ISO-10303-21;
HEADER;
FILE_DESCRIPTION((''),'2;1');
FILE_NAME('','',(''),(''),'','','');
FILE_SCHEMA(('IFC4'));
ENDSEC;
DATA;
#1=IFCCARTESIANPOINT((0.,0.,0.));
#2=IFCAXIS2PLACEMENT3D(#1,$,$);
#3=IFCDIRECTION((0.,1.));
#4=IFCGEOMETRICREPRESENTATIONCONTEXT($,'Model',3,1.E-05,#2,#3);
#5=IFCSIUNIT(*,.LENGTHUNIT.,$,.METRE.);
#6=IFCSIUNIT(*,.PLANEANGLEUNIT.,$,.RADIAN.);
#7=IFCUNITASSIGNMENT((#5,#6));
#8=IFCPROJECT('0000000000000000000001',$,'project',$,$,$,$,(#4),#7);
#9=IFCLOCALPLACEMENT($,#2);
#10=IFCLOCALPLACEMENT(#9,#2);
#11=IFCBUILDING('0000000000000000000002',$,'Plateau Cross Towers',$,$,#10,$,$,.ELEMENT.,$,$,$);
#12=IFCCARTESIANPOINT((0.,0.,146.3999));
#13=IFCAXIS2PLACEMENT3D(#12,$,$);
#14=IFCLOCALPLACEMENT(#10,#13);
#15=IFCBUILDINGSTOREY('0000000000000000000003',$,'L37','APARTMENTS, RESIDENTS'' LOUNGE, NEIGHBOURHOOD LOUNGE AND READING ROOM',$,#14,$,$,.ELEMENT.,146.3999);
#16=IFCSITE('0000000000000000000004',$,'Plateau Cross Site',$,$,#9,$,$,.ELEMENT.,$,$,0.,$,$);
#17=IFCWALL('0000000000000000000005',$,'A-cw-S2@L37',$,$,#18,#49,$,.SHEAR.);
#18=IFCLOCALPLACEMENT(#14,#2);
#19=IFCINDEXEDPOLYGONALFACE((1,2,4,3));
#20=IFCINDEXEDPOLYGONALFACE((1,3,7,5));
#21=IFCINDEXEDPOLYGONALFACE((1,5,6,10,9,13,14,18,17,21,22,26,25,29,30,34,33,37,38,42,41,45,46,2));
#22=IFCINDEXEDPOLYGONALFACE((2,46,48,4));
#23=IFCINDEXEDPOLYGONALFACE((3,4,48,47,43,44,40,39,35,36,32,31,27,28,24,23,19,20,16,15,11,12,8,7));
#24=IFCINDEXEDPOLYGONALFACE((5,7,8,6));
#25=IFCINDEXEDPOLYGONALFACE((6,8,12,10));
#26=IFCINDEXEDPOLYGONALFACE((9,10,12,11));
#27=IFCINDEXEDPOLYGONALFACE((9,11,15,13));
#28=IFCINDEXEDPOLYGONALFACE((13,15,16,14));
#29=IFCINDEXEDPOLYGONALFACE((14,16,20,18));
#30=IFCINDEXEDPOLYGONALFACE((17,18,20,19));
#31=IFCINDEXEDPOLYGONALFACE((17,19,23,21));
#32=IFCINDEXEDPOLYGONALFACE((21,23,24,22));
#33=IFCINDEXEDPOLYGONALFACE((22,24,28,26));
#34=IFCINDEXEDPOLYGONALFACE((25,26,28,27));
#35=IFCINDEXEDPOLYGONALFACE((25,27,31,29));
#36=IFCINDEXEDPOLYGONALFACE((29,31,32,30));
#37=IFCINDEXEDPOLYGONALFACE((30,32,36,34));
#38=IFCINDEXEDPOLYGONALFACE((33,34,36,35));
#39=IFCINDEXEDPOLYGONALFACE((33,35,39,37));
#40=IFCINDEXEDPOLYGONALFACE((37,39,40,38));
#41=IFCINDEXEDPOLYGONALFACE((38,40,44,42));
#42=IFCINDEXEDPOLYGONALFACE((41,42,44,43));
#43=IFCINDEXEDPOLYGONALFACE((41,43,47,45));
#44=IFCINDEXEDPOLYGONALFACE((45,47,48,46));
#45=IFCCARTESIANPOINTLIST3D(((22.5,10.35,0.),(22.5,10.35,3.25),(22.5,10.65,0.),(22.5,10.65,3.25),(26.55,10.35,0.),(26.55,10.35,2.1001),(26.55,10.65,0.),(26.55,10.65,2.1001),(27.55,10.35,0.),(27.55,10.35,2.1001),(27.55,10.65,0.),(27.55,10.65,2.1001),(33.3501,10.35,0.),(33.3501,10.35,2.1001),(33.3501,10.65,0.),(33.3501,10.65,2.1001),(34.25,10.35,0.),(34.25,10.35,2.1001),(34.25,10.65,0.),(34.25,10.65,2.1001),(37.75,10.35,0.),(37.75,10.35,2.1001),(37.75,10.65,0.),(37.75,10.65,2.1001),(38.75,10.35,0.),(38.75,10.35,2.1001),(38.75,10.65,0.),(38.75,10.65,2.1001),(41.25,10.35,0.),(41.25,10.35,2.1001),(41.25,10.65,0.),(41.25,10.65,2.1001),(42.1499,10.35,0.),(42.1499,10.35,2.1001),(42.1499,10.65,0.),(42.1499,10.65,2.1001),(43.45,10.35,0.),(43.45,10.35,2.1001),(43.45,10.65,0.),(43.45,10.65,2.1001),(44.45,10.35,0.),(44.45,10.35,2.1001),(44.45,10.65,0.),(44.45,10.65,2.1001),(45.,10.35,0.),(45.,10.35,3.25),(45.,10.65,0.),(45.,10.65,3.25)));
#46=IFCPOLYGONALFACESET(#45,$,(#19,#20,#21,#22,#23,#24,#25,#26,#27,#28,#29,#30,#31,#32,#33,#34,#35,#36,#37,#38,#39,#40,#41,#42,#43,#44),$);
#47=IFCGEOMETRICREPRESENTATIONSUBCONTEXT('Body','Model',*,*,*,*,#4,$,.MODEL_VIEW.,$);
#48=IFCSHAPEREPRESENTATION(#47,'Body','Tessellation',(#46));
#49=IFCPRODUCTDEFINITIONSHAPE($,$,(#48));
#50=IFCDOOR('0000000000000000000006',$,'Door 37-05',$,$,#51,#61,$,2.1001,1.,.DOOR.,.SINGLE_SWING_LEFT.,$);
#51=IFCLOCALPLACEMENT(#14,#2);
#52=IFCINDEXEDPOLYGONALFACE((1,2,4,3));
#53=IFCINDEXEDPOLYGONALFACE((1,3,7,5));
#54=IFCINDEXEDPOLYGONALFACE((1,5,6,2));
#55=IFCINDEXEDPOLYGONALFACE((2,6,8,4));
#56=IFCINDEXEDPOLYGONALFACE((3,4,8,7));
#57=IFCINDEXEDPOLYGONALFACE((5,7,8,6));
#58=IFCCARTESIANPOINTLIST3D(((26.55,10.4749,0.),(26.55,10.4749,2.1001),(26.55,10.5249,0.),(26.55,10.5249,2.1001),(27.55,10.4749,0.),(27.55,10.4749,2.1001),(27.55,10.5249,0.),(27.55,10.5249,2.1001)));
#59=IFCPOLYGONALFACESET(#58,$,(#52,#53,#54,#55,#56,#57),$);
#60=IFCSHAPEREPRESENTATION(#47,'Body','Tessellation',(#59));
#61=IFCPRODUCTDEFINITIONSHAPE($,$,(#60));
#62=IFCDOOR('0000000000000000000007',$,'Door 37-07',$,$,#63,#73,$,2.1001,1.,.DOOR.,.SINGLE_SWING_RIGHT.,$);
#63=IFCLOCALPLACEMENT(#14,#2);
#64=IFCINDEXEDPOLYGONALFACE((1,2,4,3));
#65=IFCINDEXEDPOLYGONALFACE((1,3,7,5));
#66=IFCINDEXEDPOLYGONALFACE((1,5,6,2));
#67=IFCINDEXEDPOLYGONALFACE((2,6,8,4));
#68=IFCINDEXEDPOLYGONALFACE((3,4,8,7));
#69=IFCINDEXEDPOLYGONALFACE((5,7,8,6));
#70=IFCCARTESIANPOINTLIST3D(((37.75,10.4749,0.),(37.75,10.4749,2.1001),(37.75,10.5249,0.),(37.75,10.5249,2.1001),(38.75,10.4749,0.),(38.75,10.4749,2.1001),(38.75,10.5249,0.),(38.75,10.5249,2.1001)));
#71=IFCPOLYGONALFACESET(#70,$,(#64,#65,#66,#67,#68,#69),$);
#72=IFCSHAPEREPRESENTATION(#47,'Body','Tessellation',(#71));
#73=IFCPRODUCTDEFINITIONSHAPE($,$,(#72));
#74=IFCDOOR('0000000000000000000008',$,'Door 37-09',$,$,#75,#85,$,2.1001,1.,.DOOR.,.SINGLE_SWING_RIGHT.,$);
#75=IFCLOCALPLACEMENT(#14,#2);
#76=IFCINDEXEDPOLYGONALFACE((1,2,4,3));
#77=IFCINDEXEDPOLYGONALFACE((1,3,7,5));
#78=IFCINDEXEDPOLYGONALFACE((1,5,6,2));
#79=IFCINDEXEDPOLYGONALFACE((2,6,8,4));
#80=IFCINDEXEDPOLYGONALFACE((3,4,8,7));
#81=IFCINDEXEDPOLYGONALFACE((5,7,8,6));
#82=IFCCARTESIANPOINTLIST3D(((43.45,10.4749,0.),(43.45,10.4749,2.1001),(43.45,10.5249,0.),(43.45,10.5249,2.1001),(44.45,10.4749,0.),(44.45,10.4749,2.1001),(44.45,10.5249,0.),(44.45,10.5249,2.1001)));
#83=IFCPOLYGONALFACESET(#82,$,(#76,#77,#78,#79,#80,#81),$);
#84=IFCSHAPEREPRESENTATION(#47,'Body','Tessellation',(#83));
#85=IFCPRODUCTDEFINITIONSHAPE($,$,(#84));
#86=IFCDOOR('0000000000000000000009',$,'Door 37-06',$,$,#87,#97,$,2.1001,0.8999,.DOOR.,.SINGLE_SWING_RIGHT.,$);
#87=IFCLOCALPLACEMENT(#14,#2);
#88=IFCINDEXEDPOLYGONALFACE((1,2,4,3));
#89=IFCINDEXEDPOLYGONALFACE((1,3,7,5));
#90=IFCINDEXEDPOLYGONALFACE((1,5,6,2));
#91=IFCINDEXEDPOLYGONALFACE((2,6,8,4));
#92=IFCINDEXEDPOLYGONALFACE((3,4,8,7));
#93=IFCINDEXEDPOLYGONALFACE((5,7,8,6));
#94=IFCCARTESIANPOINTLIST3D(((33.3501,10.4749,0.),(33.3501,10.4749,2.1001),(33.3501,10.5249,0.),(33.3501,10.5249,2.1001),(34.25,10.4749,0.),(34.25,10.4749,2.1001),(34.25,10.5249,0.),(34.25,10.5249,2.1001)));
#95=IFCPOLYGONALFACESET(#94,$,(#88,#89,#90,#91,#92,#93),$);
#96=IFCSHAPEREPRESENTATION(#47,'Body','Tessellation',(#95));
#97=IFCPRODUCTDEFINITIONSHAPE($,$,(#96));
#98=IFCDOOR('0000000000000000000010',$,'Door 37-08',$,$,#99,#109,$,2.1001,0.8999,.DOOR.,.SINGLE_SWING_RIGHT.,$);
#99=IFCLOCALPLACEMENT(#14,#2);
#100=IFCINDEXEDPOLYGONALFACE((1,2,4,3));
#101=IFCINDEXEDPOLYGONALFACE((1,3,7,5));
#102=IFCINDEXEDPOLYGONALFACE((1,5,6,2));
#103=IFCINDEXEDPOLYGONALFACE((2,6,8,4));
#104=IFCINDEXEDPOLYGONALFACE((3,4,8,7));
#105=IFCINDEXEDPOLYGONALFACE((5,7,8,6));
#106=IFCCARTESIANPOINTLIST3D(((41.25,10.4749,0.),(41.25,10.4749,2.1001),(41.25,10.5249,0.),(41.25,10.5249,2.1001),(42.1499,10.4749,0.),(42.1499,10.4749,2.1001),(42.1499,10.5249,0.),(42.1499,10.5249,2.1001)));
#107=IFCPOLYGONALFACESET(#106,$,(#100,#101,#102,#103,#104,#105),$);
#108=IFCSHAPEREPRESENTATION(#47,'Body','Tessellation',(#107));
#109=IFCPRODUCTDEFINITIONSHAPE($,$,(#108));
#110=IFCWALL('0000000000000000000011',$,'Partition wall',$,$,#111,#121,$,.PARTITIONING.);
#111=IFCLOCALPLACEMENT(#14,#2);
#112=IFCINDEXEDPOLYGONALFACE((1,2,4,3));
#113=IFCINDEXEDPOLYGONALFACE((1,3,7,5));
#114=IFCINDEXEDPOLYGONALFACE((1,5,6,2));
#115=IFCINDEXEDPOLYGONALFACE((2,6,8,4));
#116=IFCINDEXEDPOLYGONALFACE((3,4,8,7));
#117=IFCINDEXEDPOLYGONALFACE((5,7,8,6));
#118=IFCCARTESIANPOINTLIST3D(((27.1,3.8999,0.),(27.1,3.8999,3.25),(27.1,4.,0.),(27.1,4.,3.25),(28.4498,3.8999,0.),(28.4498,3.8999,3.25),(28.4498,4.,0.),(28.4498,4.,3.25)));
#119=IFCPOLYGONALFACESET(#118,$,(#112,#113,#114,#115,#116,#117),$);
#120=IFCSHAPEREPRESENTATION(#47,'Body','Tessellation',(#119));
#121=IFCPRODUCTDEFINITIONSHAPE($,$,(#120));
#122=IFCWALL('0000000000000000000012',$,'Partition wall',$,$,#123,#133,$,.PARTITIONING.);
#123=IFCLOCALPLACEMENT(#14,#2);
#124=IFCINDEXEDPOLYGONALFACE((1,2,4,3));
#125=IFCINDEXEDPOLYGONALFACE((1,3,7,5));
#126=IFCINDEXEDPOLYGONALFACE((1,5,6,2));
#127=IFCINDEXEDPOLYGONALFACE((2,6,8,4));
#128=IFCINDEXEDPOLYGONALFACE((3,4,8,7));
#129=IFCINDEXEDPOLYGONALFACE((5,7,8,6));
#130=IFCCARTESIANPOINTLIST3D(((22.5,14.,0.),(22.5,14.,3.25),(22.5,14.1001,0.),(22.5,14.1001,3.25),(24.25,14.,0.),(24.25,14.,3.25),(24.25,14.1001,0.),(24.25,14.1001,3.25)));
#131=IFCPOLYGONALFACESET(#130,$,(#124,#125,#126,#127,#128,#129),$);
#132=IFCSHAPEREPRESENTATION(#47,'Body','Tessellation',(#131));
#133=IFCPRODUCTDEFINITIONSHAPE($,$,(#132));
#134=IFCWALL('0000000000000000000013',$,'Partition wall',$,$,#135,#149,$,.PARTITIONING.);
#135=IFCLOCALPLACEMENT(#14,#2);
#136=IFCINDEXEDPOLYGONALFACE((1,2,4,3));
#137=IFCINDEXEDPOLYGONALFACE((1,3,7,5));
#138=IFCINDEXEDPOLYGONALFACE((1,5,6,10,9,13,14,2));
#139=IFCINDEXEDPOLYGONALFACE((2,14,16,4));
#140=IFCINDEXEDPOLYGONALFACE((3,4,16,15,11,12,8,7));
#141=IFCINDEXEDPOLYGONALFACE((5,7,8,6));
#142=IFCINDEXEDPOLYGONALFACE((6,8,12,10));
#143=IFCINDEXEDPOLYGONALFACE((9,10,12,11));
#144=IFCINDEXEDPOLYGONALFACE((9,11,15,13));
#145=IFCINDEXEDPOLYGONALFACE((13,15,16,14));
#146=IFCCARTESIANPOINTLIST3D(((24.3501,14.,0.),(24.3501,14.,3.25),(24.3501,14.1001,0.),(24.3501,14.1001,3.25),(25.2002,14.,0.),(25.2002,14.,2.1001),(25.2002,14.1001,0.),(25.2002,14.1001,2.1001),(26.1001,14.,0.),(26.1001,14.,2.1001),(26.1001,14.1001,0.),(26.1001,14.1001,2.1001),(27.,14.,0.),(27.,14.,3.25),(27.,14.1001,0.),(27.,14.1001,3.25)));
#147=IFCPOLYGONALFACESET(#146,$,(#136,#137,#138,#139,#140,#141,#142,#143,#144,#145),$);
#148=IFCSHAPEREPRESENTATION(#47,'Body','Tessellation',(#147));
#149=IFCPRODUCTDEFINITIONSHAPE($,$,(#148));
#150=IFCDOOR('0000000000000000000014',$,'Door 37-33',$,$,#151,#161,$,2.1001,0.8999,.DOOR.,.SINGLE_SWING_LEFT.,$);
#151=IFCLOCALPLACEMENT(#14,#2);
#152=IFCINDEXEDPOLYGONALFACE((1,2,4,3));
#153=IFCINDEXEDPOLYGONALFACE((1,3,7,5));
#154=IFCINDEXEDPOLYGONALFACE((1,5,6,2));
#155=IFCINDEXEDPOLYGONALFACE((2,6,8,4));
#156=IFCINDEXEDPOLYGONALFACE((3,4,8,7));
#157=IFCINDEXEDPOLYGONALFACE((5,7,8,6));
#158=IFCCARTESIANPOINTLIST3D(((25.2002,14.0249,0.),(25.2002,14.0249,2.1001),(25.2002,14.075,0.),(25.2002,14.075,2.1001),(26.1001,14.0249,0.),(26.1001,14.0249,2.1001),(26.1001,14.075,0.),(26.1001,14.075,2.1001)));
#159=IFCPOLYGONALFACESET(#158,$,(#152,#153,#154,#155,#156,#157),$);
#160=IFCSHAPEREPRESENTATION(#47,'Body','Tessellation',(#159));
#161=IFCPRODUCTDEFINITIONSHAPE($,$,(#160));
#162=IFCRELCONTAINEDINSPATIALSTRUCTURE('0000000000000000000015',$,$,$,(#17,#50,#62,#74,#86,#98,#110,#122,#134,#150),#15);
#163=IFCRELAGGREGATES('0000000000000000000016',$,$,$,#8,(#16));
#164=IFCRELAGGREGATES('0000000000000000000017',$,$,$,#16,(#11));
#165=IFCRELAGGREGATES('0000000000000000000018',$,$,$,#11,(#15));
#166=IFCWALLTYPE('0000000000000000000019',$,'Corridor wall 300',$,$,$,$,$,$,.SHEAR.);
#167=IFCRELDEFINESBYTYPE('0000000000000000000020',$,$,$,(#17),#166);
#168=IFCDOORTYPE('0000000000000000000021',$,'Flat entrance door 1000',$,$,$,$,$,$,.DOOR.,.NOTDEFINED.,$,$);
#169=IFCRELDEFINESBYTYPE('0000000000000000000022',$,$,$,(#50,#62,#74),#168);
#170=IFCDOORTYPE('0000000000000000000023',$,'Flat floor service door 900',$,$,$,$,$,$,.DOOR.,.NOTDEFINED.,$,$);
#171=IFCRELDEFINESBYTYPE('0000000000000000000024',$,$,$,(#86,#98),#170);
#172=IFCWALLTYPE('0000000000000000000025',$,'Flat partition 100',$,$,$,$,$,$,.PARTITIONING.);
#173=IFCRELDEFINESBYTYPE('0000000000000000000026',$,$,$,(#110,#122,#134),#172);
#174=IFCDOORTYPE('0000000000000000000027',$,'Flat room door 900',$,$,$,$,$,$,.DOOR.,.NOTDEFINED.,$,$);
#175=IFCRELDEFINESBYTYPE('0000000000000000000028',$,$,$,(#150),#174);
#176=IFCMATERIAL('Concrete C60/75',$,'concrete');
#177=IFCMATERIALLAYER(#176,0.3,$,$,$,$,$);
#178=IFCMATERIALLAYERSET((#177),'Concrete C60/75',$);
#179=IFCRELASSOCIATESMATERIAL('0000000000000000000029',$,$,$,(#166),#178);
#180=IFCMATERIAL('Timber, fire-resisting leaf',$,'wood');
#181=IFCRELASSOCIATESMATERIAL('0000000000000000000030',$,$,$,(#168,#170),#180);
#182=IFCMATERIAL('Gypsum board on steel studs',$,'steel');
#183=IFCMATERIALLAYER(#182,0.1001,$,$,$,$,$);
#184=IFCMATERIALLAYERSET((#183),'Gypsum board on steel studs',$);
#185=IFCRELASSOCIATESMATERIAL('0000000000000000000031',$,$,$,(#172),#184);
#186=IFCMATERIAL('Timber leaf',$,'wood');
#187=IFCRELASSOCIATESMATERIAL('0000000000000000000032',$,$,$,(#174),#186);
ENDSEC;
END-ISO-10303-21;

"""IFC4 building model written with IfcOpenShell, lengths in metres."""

from ifc_helpers import new_model, si_unit, direction, frame, frame_2d, origin, place, context, subcontext, project, spatial, rectangle, extrude, material, layer, layer_set, type_object, element, fill, save


model = new_model("IFC4")

# Units and contexts
model_context = context("Model", 3, precision=1e-05, world=origin(), true_north=direction((0.0, 1.0)))
body_context = subcontext(model_context, "Body", "Model", "MODEL_VIEW")
ifc_project = project(units=[si_unit("LENGTHUNIT", "METRE"), si_unit("PLANEANGLEUNIT", "RADIAN")], contexts=[model_context])

# Site, building, storey
site_placement = place(None, origin())
site = spatial("IfcSite", under=ifc_project, at=site_placement, Name="Plateau Cross Site", CompositionType="ELEMENT", RefElevation=0.0)
building_placement = place(site_placement, origin())
building = spatial("IfcBuilding", under=site, at=building_placement, Name="Plateau Cross Towers", CompositionType="ELEMENT")
storey_placement = place(building_placement, frame((0.0, 0.0, 146.3999)))
storey = spatial("IfcBuildingStorey", under=building, at=storey_placement, Name="L37", Description="APARTMENTS, RESIDENTS' LOUNGE, NEIGHBOURHOOD LOUNGE AND READING ROOM", CompositionType="ELEMENT", Elevation=146.3999)

# Shared definitions
ifc_material_1 = material(Name="Concrete C60/75", Category="concrete")

# Wall, openings, doors
ifc_layer_1 = layer(ifc_material_1, 0.3)
ifc_layer_set_1 = layer_set([ifc_layer_1], Name="Concrete C60/75")
wall_type_1 = type_object("IfcWallType", Name="Corridor wall 300", PredefinedType="SHEAR", material=ifc_layer_set_1)
ifc_material_2 = material(Name="Timber, fire-resisting leaf", Category="wood")
door_type_1 = type_object("IfcDoorType", Name="Flat entrance door 1000", OperationType="NOTDEFINED", PredefinedType="DOOR", material=ifc_material_2)
wall_1_placement = place(storey_placement, frame((22.5, 10.5, 0.0), z_axis=(0.0, 0.0, 1.0), x_axis=(1.0, 0.0, 0.0)))
wall_1 = element("IfcWall", 1, at=wall_1_placement, inside=storey, type_object=wall_type_1, Name="A-cw-S2@L37", PredefinedType="SHEAR", context=body_context, shape_type="SweptSolid", body=[
    extrude(rectangle(XDim=22.5, YDim=0.3, at=frame_2d((11.25, 0.0))), origin(), (0.0, 0.0, 1.0), 3.25),
])
opening_1_placement = place(wall_1_placement, frame((4.05, 0.0, 0.0)))
opening_1 = element("IfcOpeningElement", 2, at=opening_1_placement, cuts=wall_1, PredefinedType="OPENING", context=body_context, shape_type="SweptSolid", body=[
    extrude(rectangle(XDim=1.0, YDim=2.1001, at=frame_2d((0.5, 1.05))), frame((0.0, 0.1599, 0.0), z_axis=(0.0, -1.0, 0.0), x_axis=(1.0, 0.0, 0.0)), (0.0, 0.0, 1.0), 0.3201),
])
opening_2_placement = place(wall_1_placement, frame((10.8501, 0.0, 0.0)))
opening_2 = element("IfcOpeningElement", 3, at=opening_2_placement, cuts=wall_1, PredefinedType="OPENING", context=body_context, shape_type="SweptSolid", body=[
    extrude(rectangle(XDim=0.8999, YDim=2.1001, at=frame_2d((0.45, 1.05))), frame((0.0, 0.1599, 0.0), z_axis=(0.0, -1.0, 0.0), x_axis=(1.0, 0.0, 0.0)), (0.0, 0.0, 1.0), 0.3201),
])
opening_3_placement = place(wall_1_placement, frame((15.25, 0.0, 0.0)))
opening_3 = element("IfcOpeningElement", 4, at=opening_3_placement, cuts=wall_1, PredefinedType="OPENING", context=body_context, shape_type="SweptSolid", body=[
    extrude(rectangle(XDim=1.0, YDim=2.1001, at=frame_2d((0.5, 1.05))), frame((0.0, 0.1599, 0.0), z_axis=(0.0, -1.0, 0.0), x_axis=(1.0, 0.0, 0.0)), (0.0, 0.0, 1.0), 0.3201),
])
opening_4_placement = place(wall_1_placement, frame((18.75, 0.0, 0.0)))
opening_4 = element("IfcOpeningElement", 5, at=opening_4_placement, cuts=wall_1, PredefinedType="OPENING", context=body_context, shape_type="SweptSolid", body=[
    extrude(rectangle(XDim=0.8999, YDim=2.1001, at=frame_2d((0.45, 1.05))), frame((0.0, 0.1599, 0.0), z_axis=(0.0, -1.0, 0.0), x_axis=(1.0, 0.0, 0.0)), (0.0, 0.0, 1.0), 0.3201),
])
opening_5_placement = place(wall_1_placement, frame((20.95, 0.0, 0.0)))
opening_5 = element("IfcOpeningElement", 6, at=opening_5_placement, cuts=wall_1, PredefinedType="OPENING", context=body_context, shape_type="SweptSolid", body=[
    extrude(rectangle(XDim=1.0, YDim=2.1001, at=frame_2d((0.5, 1.05))), frame((0.0, 0.1599, 0.0), z_axis=(0.0, -1.0, 0.0), x_axis=(1.0, 0.0, 0.0)), (0.0, 0.0, 1.0), 0.3201),
])
door_1_placement = place(opening_1_placement, origin())
door_1 = element("IfcDoor", 7, at=door_1_placement, inside=storey, type_object=door_type_1, Name="Door 37-05", OperationType="SINGLE_SWING_LEFT", OverallHeight=2.1001, OverallWidth=1.0, PredefinedType="DOOR", context=body_context, shape_type="SweptSolid", body=[
    extrude(rectangle(XDim=1.0, YDim=2.1001, at=frame_2d((0.5, 1.05))), frame((0.0, 0.0249, 0.0), z_axis=(0.0, -1.0, 0.0), x_axis=(1.0, 0.0, 0.0)), (0.0, 0.0, 1.0), 0.05),
])
fill(opening_1, door_1)
door_2_placement = place(opening_3_placement, origin())
door_2 = element("IfcDoor", 8, at=door_2_placement, inside=storey, type_object=door_type_1, Name="Door 37-07", OperationType="SINGLE_SWING_RIGHT", OverallHeight=2.1001, OverallWidth=1.0, PredefinedType="DOOR", context=body_context, shape_type="SweptSolid", body=[
    extrude(rectangle(XDim=1.0, YDim=2.1001, at=frame_2d((0.5, 1.05))), frame((0.0, 0.0249, 0.0), z_axis=(0.0, -1.0, 0.0), x_axis=(1.0, 0.0, 0.0)), (0.0, 0.0, 1.0), 0.05),
])
fill(opening_3, door_2)
door_3_placement = place(opening_5_placement, origin())
door_3 = element("IfcDoor", 9, at=door_3_placement, inside=storey, type_object=door_type_1, Name="Door 37-09", OperationType="SINGLE_SWING_RIGHT", OverallHeight=2.1001, OverallWidth=1.0, PredefinedType="DOOR", context=body_context, shape_type="SweptSolid", body=[
    extrude(rectangle(XDim=1.0, YDim=2.1001, at=frame_2d((0.5, 1.05))), frame((0.0, 0.0249, 0.0), z_axis=(0.0, -1.0, 0.0), x_axis=(1.0, 0.0, 0.0)), (0.0, 0.0, 1.0), 0.05),
])
fill(opening_5, door_3)
door_type_2 = type_object("IfcDoorType", Name="Flat floor service door 900", OperationType="NOTDEFINED", PredefinedType="DOOR", material=ifc_material_2)
door_4_placement = place(opening_2_placement, origin())
door_4 = element("IfcDoor", 10, at=door_4_placement, inside=storey, type_object=door_type_2, Name="Door 37-06", OperationType="SINGLE_SWING_RIGHT", OverallHeight=2.1001, OverallWidth=0.8999, PredefinedType="DOOR", context=body_context, shape_type="SweptSolid", body=[
    extrude(rectangle(XDim=0.8999, YDim=2.1001, at=frame_2d((0.45, 1.05))), frame((0.0, 0.0249, 0.0), z_axis=(0.0, -1.0, 0.0), x_axis=(1.0, 0.0, 0.0)), (0.0, 0.0, 1.0), 0.05),
])
fill(opening_2, door_4)
door_5_placement = place(opening_4_placement, origin())
door_5 = element("IfcDoor", 11, at=door_5_placement, inside=storey, type_object=door_type_2, Name="Door 37-08", OperationType="SINGLE_SWING_RIGHT", OverallHeight=2.1001, OverallWidth=0.8999, PredefinedType="DOOR", context=body_context, shape_type="SweptSolid", body=[
    extrude(rectangle(XDim=0.8999, YDim=2.1001, at=frame_2d((0.45, 1.05))), frame((0.0, 0.0249, 0.0), z_axis=(0.0, -1.0, 0.0), x_axis=(1.0, 0.0, 0.0)), (0.0, 0.0, 1.0), 0.05),
])
fill(opening_4, door_5)

# Walls
ifc_material_3 = material(Name="Gypsum board on steel studs", Category="steel")
ifc_layer_2 = layer(ifc_material_3, 0.1001)
ifc_layer_set_2 = layer_set([ifc_layer_2], Name="Gypsum board on steel studs")
wall_type_2 = type_object("IfcWallType", Name="Flat partition 100", PredefinedType="PARTITIONING", material=ifc_layer_set_2)
wall_2_placement = place(storey_placement, frame((27.1001, 3.95, 0.0), z_axis=(0.0, 0.0, 1.0), x_axis=(1.0, 0.0, 0.0)))
element("IfcWall", 12, at=wall_2_placement, inside=storey, type_object=wall_type_2, Name="Partition wall", PredefinedType="PARTITIONING", context=body_context, shape_type="SweptSolid", body=[
    extrude(rectangle(XDim=1.3499, YDim=0.1001, at=frame_2d((0.6748, 0.0))), origin(), (0.0, 0.0, 1.0), 3.25),
])
wall_3_placement = place(storey_placement, frame((24.25, 14.05, 0.0), z_axis=(0.0, 0.0, 1.0), x_axis=(-1.0, 0.0, 0.0)))
element("IfcWall", 13, at=wall_3_placement, inside=storey, type_object=wall_type_2, Name="Partition wall", PredefinedType="PARTITIONING", context=body_context, shape_type="SweptSolid", body=[
    extrude(rectangle(XDim=1.75, YDim=0.1001, at=frame_2d((0.875, 0.0))), origin(), (0.0, 0.0, 1.0), 3.25),
])

# Wall, opening, door
wall_4_placement = place(storey_placement, frame((24.3501, 14.05, 0.0), z_axis=(0.0, 0.0, 1.0), x_axis=(1.0, 0.0, 0.0)))
wall_4 = element("IfcWall", 14, at=wall_4_placement, inside=storey, type_object=wall_type_2, Name="Partition wall", PredefinedType="PARTITIONING", context=body_context, shape_type="SweptSolid", body=[
    extrude(rectangle(XDim=2.6499, YDim=0.1001, at=frame_2d((1.325, 0.0))), origin(), (0.0, 0.0, 1.0), 3.25),
])
opening_6_placement = place(wall_4_placement, frame((0.8501, 0.0, 0.0)))
opening_6 = element("IfcOpeningElement", 15, at=opening_6_placement, cuts=wall_4, PredefinedType="OPENING", context=body_context, shape_type="SweptSolid", body=[
    extrude(rectangle(XDim=0.8999, YDim=2.1001, at=frame_2d((0.45, 1.05))), frame((0.0, 0.0601, 0.0), z_axis=(0.0, -1.0, 0.0), x_axis=(1.0, 0.0, 0.0)), (0.0, 0.0, 1.0), 0.1201),
])
ifc_material_4 = material(Name="Timber leaf", Category="wood")
door_type_3 = type_object("IfcDoorType", Name="Flat room door 900", OperationType="NOTDEFINED", PredefinedType="DOOR", material=ifc_material_4)
door_6_placement = place(opening_6_placement, origin())
door_6 = element("IfcDoor", 16, at=door_6_placement, inside=storey, type_object=door_type_3, Name="Door 37-33", OperationType="SINGLE_SWING_LEFT", OverallHeight=2.1001, OverallWidth=0.8999, PredefinedType="DOOR", context=body_context, shape_type="SweptSolid", body=[
    extrude(rectangle(XDim=0.8999, YDim=2.1001, at=frame_2d((0.45, 1.05))), frame((0.0, 0.0249, 0.0), z_axis=(0.0, -1.0, 0.0), x_axis=(1.0, 0.0, 0.0)), (0.0, 0.0, 1.0), 0.05),
])
fill(opening_6, door_6)

save(model, "model.ifc")
